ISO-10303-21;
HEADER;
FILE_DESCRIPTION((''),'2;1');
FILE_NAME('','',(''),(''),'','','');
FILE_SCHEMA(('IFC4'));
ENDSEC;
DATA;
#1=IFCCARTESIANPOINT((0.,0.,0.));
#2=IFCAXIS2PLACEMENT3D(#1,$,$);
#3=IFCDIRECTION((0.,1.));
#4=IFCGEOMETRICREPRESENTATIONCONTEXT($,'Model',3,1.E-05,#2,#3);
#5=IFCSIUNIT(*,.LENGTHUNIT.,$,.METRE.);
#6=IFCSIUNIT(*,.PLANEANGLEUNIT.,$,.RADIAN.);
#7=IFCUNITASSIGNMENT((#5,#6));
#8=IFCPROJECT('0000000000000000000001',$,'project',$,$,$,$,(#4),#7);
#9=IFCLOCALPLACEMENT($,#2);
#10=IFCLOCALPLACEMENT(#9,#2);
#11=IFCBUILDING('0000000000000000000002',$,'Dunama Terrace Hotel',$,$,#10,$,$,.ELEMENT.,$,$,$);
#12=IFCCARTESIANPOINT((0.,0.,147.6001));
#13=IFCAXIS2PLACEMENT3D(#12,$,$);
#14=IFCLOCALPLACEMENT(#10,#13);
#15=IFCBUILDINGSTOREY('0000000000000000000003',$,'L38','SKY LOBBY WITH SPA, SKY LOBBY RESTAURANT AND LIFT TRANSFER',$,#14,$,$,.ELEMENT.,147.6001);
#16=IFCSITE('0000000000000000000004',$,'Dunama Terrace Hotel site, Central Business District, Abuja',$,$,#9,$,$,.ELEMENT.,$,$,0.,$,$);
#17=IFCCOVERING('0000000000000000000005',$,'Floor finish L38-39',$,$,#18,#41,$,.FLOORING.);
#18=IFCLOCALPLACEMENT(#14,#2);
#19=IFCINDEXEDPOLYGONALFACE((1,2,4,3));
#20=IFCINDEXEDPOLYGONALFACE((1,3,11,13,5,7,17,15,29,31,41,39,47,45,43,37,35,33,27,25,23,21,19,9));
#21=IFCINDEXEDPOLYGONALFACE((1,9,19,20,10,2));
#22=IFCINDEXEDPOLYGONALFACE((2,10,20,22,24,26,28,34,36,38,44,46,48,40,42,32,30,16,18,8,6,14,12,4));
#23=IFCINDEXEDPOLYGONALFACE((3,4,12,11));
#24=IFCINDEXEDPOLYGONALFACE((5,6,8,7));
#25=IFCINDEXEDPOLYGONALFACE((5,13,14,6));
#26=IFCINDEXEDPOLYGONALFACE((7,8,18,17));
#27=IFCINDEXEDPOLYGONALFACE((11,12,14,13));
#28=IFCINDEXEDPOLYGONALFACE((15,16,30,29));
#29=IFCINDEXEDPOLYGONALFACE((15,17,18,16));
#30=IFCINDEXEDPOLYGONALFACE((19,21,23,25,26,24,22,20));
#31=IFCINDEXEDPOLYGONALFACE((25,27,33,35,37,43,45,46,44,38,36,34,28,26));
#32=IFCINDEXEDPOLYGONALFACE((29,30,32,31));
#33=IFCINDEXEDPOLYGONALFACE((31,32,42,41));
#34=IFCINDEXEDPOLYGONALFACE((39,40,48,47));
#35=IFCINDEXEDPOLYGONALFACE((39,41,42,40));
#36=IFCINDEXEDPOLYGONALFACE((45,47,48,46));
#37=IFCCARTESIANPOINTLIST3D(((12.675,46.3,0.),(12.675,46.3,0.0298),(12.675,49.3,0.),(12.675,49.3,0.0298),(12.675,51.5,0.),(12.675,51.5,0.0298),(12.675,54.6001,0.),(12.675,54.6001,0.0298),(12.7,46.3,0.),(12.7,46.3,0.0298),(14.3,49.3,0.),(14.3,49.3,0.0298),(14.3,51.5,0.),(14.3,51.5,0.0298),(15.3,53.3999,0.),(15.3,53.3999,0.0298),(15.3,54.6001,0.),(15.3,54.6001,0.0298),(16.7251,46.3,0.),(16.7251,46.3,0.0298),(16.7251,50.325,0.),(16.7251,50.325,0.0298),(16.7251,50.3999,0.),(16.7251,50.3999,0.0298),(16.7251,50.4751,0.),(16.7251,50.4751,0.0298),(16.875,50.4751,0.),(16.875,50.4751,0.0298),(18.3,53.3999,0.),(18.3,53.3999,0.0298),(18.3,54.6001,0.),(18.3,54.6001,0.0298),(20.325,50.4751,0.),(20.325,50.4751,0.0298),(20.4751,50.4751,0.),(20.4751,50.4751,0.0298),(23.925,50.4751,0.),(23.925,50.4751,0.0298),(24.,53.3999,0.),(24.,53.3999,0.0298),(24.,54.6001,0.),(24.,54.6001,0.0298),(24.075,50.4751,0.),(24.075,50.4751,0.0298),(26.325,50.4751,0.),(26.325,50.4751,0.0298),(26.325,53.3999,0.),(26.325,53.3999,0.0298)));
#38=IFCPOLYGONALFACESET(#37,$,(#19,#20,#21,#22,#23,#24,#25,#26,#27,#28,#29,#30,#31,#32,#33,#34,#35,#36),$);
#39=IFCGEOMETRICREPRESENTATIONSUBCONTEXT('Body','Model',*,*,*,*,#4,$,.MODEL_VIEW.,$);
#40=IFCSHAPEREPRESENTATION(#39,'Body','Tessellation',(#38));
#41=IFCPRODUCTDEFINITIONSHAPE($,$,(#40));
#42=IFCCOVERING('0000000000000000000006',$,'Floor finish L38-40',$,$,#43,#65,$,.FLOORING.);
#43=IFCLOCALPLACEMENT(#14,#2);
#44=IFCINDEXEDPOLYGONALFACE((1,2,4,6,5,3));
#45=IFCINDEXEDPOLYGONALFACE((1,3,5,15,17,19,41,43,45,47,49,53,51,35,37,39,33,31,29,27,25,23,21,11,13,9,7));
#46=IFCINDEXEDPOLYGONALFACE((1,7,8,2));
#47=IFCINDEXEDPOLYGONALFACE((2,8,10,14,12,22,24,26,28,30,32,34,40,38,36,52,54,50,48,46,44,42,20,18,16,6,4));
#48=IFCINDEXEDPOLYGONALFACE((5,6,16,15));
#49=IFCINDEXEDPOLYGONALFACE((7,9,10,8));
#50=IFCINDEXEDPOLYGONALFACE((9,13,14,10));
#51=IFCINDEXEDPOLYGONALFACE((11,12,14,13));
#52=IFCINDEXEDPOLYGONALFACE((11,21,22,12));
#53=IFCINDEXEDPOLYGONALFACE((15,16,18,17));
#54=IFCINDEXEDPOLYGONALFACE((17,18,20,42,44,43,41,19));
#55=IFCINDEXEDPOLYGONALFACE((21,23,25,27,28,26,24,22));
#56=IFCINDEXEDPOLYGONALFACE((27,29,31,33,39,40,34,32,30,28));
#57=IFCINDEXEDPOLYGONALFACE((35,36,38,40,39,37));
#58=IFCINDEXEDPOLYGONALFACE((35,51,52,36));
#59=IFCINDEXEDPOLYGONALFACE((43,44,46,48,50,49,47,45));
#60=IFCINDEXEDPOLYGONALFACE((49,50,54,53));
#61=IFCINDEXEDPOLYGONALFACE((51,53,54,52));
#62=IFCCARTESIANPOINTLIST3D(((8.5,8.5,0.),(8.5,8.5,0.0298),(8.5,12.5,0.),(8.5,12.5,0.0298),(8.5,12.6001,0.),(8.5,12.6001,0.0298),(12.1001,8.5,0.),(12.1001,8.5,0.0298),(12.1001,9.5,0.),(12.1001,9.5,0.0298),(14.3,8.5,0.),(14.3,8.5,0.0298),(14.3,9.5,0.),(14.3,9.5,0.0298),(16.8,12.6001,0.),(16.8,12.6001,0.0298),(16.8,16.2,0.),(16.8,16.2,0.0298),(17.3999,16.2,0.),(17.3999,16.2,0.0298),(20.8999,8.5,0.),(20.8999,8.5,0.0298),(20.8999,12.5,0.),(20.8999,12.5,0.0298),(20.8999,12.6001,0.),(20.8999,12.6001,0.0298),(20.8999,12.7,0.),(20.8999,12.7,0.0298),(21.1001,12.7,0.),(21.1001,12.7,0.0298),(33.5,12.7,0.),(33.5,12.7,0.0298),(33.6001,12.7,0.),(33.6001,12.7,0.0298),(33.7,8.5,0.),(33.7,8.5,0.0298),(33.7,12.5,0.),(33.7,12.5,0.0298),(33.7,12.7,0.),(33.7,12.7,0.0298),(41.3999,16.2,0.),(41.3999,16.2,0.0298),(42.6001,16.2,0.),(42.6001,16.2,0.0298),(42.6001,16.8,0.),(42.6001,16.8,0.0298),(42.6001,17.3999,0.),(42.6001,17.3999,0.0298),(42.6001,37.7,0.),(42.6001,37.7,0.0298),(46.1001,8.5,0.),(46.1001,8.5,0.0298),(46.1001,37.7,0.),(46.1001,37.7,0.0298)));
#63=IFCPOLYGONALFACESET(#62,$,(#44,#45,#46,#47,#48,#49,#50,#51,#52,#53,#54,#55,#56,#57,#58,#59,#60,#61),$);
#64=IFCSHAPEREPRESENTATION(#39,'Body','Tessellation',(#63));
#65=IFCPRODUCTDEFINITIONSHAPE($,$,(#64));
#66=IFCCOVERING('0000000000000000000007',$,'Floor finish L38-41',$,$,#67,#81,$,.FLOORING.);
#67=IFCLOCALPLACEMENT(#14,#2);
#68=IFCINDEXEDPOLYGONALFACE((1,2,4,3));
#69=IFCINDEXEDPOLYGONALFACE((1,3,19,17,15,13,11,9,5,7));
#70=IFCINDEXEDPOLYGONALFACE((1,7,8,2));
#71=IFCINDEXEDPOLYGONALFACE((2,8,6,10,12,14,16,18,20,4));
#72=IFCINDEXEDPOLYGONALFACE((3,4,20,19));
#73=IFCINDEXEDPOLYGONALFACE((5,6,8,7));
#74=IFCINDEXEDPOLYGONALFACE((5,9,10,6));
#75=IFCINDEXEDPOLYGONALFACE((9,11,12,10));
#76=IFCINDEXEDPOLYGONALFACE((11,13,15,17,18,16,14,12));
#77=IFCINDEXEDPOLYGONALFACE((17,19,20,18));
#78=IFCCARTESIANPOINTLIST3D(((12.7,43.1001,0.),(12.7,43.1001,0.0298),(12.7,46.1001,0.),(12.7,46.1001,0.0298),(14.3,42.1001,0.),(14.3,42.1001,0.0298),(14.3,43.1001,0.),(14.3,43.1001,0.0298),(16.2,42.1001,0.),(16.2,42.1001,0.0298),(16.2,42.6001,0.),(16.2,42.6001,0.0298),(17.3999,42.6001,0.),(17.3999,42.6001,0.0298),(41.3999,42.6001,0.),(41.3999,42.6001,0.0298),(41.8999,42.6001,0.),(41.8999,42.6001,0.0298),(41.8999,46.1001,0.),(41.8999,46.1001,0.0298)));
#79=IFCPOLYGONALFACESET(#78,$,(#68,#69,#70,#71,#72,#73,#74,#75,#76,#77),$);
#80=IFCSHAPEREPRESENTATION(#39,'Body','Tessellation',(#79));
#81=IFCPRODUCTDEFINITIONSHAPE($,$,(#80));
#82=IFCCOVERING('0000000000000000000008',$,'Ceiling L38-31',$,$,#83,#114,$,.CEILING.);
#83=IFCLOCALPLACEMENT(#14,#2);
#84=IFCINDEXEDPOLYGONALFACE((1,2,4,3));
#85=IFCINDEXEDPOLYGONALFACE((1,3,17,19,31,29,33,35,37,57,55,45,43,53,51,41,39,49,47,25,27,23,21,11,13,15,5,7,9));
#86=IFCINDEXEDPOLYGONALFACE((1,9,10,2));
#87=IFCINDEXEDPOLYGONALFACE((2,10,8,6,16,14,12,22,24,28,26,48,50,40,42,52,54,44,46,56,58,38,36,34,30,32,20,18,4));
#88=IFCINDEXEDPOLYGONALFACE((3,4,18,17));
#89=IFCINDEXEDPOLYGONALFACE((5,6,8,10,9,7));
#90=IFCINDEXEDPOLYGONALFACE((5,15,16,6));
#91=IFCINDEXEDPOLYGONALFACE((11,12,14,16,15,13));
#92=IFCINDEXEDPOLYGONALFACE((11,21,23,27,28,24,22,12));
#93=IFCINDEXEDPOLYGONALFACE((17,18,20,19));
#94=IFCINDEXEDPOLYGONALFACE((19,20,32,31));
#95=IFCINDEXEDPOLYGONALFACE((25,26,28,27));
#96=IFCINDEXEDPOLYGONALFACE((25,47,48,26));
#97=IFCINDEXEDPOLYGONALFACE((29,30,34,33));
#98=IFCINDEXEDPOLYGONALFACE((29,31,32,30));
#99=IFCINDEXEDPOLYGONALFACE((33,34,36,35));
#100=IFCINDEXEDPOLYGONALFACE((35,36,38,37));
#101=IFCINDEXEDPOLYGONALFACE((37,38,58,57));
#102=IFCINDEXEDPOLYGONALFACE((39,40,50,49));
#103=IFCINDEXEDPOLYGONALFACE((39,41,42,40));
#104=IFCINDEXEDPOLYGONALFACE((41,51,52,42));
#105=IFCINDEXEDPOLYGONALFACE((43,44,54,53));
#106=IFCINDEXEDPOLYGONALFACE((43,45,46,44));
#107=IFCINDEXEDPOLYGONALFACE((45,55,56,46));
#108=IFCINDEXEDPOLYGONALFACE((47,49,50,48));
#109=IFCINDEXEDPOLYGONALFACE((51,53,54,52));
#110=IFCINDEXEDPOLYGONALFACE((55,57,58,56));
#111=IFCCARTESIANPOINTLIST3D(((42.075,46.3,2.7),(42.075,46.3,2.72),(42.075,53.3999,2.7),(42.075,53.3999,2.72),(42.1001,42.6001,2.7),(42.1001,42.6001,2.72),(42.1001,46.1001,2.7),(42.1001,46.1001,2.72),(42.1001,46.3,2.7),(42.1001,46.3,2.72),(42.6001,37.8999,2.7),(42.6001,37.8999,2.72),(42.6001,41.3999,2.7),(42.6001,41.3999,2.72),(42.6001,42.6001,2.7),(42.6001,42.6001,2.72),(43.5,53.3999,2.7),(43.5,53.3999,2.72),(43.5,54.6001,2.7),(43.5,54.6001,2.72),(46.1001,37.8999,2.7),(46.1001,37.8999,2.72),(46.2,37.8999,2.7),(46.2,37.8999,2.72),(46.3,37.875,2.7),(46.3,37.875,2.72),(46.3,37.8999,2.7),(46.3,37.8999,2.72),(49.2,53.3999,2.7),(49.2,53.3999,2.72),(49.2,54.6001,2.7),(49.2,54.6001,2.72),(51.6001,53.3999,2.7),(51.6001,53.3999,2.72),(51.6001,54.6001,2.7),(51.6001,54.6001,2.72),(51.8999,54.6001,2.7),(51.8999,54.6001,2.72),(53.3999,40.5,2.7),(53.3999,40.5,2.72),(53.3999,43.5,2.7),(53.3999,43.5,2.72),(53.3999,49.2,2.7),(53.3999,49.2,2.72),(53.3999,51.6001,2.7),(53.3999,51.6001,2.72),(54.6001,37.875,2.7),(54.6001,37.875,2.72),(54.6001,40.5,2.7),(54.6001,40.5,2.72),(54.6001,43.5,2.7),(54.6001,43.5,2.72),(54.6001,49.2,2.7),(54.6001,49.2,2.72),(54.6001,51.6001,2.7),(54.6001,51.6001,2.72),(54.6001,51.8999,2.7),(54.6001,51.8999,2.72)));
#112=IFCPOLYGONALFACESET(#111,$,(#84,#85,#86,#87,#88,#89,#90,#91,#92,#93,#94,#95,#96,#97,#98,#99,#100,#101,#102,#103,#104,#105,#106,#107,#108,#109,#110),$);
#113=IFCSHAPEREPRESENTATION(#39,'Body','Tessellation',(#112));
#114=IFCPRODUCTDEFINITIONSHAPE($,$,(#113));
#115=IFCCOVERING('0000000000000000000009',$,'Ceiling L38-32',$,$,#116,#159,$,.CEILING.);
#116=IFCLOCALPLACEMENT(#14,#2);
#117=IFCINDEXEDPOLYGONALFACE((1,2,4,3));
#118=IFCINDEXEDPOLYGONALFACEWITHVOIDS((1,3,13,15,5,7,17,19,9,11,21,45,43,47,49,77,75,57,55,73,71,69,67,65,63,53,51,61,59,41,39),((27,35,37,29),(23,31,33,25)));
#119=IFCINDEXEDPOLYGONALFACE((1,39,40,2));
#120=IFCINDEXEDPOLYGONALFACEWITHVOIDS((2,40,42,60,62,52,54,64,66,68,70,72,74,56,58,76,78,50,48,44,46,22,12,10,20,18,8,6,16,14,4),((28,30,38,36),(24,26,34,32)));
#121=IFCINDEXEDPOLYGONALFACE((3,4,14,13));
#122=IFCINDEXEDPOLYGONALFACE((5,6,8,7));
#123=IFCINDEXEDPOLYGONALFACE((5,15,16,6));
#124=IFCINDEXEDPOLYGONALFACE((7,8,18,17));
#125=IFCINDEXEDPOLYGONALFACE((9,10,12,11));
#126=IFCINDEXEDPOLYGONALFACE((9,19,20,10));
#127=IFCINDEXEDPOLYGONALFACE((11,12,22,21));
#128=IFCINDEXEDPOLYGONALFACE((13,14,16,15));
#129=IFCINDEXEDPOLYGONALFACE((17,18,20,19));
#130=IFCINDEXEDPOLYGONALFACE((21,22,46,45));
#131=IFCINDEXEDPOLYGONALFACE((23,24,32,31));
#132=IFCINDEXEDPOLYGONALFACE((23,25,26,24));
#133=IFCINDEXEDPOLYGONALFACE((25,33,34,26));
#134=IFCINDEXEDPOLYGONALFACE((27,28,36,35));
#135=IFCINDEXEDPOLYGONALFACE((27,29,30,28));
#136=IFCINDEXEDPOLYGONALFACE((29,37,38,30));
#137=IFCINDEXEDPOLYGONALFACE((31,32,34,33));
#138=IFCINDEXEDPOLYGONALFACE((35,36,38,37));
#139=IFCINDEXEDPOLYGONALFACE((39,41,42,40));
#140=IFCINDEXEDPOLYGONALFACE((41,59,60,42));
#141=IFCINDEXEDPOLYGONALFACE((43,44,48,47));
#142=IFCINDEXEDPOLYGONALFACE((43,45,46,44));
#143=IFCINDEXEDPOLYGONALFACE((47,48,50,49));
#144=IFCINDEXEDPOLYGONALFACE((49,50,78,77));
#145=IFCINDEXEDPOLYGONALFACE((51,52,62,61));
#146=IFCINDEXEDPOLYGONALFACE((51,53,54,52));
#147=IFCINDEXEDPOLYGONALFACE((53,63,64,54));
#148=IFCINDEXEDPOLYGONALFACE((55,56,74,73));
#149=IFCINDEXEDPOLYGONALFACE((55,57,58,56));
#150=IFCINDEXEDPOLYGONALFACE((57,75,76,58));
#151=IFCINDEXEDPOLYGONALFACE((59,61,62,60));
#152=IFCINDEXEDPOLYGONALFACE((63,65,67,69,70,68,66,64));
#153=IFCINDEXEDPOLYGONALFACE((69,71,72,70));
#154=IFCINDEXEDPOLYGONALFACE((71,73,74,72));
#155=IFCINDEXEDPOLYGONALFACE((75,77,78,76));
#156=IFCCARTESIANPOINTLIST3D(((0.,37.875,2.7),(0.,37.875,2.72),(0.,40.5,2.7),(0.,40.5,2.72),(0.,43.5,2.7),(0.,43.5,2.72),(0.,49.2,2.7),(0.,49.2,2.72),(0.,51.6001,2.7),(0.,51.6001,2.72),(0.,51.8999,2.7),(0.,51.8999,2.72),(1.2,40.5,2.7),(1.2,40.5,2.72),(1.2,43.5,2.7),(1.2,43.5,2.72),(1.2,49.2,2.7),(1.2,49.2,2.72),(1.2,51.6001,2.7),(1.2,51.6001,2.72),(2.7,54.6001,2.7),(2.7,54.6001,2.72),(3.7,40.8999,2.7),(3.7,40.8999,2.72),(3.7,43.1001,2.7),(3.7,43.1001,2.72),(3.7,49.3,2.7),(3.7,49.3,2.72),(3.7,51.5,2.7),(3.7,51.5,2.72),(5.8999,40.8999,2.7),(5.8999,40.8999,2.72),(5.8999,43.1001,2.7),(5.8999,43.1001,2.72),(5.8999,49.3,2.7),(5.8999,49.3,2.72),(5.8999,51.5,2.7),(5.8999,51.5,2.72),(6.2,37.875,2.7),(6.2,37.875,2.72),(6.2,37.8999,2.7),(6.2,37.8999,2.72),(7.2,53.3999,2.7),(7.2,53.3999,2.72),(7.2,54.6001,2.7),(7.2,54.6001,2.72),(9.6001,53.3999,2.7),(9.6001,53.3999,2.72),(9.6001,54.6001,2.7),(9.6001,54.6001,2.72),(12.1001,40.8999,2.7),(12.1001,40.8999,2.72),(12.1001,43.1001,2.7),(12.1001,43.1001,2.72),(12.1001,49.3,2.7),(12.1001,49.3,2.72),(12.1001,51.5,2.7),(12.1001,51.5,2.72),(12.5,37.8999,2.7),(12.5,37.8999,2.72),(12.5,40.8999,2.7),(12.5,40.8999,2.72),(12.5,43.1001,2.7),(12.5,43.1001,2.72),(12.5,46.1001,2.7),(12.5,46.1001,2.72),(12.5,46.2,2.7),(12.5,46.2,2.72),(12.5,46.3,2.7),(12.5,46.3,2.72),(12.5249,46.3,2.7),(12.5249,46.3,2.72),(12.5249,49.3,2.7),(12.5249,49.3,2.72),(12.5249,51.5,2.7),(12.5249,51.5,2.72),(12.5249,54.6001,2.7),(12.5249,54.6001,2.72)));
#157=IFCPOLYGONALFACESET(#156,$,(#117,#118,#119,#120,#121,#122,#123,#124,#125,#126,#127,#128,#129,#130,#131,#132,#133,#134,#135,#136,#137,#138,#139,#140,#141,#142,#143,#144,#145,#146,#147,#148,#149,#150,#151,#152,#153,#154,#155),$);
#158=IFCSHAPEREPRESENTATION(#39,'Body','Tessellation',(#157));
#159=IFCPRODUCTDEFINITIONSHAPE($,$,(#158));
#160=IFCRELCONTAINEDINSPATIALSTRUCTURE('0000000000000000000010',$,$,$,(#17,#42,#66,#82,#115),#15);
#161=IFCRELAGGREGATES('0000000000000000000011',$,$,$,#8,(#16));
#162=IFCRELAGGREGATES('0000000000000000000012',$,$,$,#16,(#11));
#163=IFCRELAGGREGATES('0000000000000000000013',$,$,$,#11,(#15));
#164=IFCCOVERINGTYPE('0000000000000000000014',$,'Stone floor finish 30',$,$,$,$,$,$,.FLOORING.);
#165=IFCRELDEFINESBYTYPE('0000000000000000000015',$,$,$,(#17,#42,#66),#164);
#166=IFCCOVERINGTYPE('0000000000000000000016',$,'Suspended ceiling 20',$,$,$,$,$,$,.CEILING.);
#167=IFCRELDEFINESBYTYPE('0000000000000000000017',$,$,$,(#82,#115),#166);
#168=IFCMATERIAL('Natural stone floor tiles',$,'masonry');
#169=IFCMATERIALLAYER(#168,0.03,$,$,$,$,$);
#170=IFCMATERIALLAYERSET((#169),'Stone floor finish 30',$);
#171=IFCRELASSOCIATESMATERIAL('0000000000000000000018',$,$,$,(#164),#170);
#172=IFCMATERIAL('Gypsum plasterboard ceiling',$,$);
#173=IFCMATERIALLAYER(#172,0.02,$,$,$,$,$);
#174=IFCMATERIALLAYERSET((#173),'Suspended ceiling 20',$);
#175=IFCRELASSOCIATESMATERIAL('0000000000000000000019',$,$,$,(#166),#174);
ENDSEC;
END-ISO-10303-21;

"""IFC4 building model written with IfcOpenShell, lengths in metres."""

from ifc_helpers import new_model, si_unit, direction, frame, origin, place, context, subcontext, project, spatial, polyline, outline, extrude, material, layer, layer_set, type_object, element, save


model = new_model("IFC4")

# Units and contexts
model_context = context("Model", 3, precision=1e-05, world=origin(), true_north=direction((0.0, 1.0)))
body_context = subcontext(model_context, "Body", "Model", "MODEL_VIEW")
ifc_project = project(units=[si_unit("LENGTHUNIT", "METRE"), si_unit("PLANEANGLEUNIT", "RADIAN")], contexts=[model_context])

# Site, building, storey
site_placement = place(None, origin())
site = spatial("IfcSite", under=ifc_project, at=site_placement, Name="Dunama Terrace Hotel site, Central Business District, Abuja", CompositionType="ELEMENT", RefElevation=0.0)
building_placement = place(site_placement, origin())
building = spatial("IfcBuilding", under=site, at=building_placement, Name="Dunama Terrace Hotel", CompositionType="ELEMENT")
storey_placement = place(building_placement, frame((0.0, 0.0, 147.6001)))
storey = spatial("IfcBuildingStorey", under=building, at=storey_placement, Name="L38", Description="SKY LOBBY WITH SPA, SKY LOBBY RESTAURANT AND LIFT TRANSFER", CompositionType="ELEMENT", Elevation=147.6001)

# Coverings
ifc_material_1 = material(Name="Natural stone floor tiles", Category="masonry")
ifc_layer_1 = layer(ifc_material_1, 0.03)
ifc_layer_set_1 = layer_set([ifc_layer_1], Name="Stone floor finish 30")
covering_type_1 = type_object("IfcCoveringType", Name="Stone floor finish 30", PredefinedType="FLOORING", material=ifc_layer_set_1)
covering_1_placement = place(storey_placement, origin())
element("IfcCovering", 1, at=covering_1_placement, inside=storey, type_object=covering_type_1, Name="Floor finish L38-39", PredefinedType="FLOORING", context=body_context, shape_type="SweptSolid", body=[
    extrude(outline(polyline([(15.3, 54.6001), (12.675, 54.6001), (12.675, 51.5), (14.3, 51.5), (14.3, 49.3), (12.675, 49.3), (12.675, 46.3), (12.7, 46.3), (16.7251, 46.3), (16.7251, 50.325), (16.7251, 50.3999), (16.7251, 50.4751), (16.875, 50.4751), (20.325, 50.4751), (20.4751, 50.4751), (23.925, 50.4751), (24.075, 50.4751), (26.325, 50.4751), (26.325, 53.3999), (24.0, 53.3999), (24.0, 54.6001), (18.3, 54.6001), (18.3, 53.3999), (15.3, 53.3999), (15.3, 54.6001)])), origin(), (0.0, 0.0, 1.0), 0.0298),
])
covering_2_placement = place(storey_placement, origin())
element("IfcCovering", 2, at=covering_2_placement, inside=storey, type_object=covering_type_1, Name="Floor finish L38-40", PredefinedType="FLOORING", context=body_context, shape_type="SweptSolid", body=[
    extrude(outline(polyline([(16.8, 12.6001), (8.5, 12.6001), (8.5, 12.5), (8.5, 8.5), (12.1001, 8.5), (12.1001, 9.5), (14.3, 9.5), (14.3, 8.5), (20.8999, 8.5), (20.8999, 12.5), (20.8999, 12.6001), (20.8999, 12.7), (21.1001, 12.7), (33.5, 12.7), (33.6001, 12.7), (33.7, 12.7), (33.7, 12.5), (33.7, 8.5), (46.1001, 8.5), (46.1001, 37.7), (42.6001, 37.7), (42.6001, 17.3999), (42.6001, 16.8), (42.6001, 16.2), (41.3999, 16.2), (17.3999, 16.2), (16.8, 16.2), (16.8, 12.6001)])), origin(), (0.0, 0.0, 1.0), 0.0298),
])
covering_3_placement = place(storey_placement, origin())
element("IfcCovering", 3, at=covering_3_placement, inside=storey, type_object=covering_type_1, Name="Floor finish L38-41", PredefinedType="FLOORING", context=body_context, shape_type="SweptSolid", body=[
    extrude(outline(polyline([(12.7, 46.1001), (12.7, 43.1001), (14.3, 43.1001), (14.3, 42.1001), (16.2, 42.1001), (16.2, 42.6001), (17.3999, 42.6001), (41.3999, 42.6001), (41.8999, 42.6001), (41.8999, 46.1001), (12.7, 46.1001)])), origin(), (0.0, 0.0, 1.0), 0.0298),
])
ifc_material_2 = material(Name="Gypsum plasterboard ceiling")
ifc_layer_2 = layer(ifc_material_2, 0.02)
ifc_layer_set_2 = layer_set([ifc_layer_2], Name="Suspended ceiling 20")
covering_type_2 = type_object("IfcCoveringType", Name="Suspended ceiling 20", PredefinedType="CEILING", material=ifc_layer_set_2)
covering_4_placement = place(storey_placement, frame((0.0, 0.0, 2.7)))
element("IfcCovering", 4, at=covering_4_placement, inside=storey, type_object=covering_type_2, Name="Ceiling L38-31", PredefinedType="CEILING", context=body_context, shape_type="SweptSolid", body=[
    extrude(outline(polyline([(49.2, 53.3999), (49.2, 54.6001), (43.5, 54.6001), (43.5, 53.3999), (42.075, 53.3999), (42.075, 46.3), (42.1001, 46.3), (42.1001, 46.1001), (42.1001, 42.6001), (42.6001, 42.6001), (42.6001, 41.3999), (42.6001, 37.8999), (46.1001, 37.8999), (46.2, 37.8999), (46.3, 37.8999), (46.3, 37.875), (54.6001, 37.875), (54.6001, 40.5), (53.3999, 40.5), (53.3999, 43.5), (54.6001, 43.5), (54.6001, 49.2), (53.3999, 49.2), (53.3999, 51.6001), (54.6001, 51.6001), (54.6001, 51.8999), (51.8999, 54.6001), (51.6001, 54.6001), (51.6001, 53.3999), (49.2, 53.3999)])), origin(), (0.0, 0.0, 1.0), 0.02),
])
covering_5_placement = place(storey_placement, frame((0.0, 0.0, 2.7)))
element("IfcCovering", 5, at=covering_5_placement, inside=storey, type_object=covering_type_2, Name="Ceiling L38-32", PredefinedType="CEILING", context=body_context, shape_type="SweptSolid", body=[
    extrude(outline(polyline([(1.2, 40.5), (0.0, 40.5), (0.0, 37.875), (6.2, 37.875), (6.2, 37.8999), (12.5, 37.8999), (12.5, 40.8999), (12.1001, 40.8999), (12.1001, 43.1001), (12.5, 43.1001), (12.5, 46.1001), (12.5, 46.2), (12.5, 46.3), (12.5249, 46.3), (12.5249, 49.3), (12.1001, 49.3), (12.1001, 51.5), (12.5249, 51.5), (12.5249, 54.6001), (9.6001, 54.6001), (9.6001, 53.3999), (7.2, 53.3999), (7.2, 54.6001), (2.7, 54.6001), (0.0, 51.8999), (0.0, 51.6001), (1.2, 51.6001), (1.2, 49.2), (0.0, 49.2), (0.0, 43.5), (1.2, 43.5), (1.2, 40.5)]), holes=[polyline([(3.7, 40.8999), (3.7, 43.1001), (5.8999, 43.1001), (5.8999, 40.8999), (3.7, 40.8999)]), polyline([(3.7, 49.3), (3.7, 51.5), (5.8999, 51.5), (5.8999, 49.3), (3.7, 49.3)])]), origin(), (0.0, 0.0, 1.0), 0.02),
])

save(model, "model.ifc")
